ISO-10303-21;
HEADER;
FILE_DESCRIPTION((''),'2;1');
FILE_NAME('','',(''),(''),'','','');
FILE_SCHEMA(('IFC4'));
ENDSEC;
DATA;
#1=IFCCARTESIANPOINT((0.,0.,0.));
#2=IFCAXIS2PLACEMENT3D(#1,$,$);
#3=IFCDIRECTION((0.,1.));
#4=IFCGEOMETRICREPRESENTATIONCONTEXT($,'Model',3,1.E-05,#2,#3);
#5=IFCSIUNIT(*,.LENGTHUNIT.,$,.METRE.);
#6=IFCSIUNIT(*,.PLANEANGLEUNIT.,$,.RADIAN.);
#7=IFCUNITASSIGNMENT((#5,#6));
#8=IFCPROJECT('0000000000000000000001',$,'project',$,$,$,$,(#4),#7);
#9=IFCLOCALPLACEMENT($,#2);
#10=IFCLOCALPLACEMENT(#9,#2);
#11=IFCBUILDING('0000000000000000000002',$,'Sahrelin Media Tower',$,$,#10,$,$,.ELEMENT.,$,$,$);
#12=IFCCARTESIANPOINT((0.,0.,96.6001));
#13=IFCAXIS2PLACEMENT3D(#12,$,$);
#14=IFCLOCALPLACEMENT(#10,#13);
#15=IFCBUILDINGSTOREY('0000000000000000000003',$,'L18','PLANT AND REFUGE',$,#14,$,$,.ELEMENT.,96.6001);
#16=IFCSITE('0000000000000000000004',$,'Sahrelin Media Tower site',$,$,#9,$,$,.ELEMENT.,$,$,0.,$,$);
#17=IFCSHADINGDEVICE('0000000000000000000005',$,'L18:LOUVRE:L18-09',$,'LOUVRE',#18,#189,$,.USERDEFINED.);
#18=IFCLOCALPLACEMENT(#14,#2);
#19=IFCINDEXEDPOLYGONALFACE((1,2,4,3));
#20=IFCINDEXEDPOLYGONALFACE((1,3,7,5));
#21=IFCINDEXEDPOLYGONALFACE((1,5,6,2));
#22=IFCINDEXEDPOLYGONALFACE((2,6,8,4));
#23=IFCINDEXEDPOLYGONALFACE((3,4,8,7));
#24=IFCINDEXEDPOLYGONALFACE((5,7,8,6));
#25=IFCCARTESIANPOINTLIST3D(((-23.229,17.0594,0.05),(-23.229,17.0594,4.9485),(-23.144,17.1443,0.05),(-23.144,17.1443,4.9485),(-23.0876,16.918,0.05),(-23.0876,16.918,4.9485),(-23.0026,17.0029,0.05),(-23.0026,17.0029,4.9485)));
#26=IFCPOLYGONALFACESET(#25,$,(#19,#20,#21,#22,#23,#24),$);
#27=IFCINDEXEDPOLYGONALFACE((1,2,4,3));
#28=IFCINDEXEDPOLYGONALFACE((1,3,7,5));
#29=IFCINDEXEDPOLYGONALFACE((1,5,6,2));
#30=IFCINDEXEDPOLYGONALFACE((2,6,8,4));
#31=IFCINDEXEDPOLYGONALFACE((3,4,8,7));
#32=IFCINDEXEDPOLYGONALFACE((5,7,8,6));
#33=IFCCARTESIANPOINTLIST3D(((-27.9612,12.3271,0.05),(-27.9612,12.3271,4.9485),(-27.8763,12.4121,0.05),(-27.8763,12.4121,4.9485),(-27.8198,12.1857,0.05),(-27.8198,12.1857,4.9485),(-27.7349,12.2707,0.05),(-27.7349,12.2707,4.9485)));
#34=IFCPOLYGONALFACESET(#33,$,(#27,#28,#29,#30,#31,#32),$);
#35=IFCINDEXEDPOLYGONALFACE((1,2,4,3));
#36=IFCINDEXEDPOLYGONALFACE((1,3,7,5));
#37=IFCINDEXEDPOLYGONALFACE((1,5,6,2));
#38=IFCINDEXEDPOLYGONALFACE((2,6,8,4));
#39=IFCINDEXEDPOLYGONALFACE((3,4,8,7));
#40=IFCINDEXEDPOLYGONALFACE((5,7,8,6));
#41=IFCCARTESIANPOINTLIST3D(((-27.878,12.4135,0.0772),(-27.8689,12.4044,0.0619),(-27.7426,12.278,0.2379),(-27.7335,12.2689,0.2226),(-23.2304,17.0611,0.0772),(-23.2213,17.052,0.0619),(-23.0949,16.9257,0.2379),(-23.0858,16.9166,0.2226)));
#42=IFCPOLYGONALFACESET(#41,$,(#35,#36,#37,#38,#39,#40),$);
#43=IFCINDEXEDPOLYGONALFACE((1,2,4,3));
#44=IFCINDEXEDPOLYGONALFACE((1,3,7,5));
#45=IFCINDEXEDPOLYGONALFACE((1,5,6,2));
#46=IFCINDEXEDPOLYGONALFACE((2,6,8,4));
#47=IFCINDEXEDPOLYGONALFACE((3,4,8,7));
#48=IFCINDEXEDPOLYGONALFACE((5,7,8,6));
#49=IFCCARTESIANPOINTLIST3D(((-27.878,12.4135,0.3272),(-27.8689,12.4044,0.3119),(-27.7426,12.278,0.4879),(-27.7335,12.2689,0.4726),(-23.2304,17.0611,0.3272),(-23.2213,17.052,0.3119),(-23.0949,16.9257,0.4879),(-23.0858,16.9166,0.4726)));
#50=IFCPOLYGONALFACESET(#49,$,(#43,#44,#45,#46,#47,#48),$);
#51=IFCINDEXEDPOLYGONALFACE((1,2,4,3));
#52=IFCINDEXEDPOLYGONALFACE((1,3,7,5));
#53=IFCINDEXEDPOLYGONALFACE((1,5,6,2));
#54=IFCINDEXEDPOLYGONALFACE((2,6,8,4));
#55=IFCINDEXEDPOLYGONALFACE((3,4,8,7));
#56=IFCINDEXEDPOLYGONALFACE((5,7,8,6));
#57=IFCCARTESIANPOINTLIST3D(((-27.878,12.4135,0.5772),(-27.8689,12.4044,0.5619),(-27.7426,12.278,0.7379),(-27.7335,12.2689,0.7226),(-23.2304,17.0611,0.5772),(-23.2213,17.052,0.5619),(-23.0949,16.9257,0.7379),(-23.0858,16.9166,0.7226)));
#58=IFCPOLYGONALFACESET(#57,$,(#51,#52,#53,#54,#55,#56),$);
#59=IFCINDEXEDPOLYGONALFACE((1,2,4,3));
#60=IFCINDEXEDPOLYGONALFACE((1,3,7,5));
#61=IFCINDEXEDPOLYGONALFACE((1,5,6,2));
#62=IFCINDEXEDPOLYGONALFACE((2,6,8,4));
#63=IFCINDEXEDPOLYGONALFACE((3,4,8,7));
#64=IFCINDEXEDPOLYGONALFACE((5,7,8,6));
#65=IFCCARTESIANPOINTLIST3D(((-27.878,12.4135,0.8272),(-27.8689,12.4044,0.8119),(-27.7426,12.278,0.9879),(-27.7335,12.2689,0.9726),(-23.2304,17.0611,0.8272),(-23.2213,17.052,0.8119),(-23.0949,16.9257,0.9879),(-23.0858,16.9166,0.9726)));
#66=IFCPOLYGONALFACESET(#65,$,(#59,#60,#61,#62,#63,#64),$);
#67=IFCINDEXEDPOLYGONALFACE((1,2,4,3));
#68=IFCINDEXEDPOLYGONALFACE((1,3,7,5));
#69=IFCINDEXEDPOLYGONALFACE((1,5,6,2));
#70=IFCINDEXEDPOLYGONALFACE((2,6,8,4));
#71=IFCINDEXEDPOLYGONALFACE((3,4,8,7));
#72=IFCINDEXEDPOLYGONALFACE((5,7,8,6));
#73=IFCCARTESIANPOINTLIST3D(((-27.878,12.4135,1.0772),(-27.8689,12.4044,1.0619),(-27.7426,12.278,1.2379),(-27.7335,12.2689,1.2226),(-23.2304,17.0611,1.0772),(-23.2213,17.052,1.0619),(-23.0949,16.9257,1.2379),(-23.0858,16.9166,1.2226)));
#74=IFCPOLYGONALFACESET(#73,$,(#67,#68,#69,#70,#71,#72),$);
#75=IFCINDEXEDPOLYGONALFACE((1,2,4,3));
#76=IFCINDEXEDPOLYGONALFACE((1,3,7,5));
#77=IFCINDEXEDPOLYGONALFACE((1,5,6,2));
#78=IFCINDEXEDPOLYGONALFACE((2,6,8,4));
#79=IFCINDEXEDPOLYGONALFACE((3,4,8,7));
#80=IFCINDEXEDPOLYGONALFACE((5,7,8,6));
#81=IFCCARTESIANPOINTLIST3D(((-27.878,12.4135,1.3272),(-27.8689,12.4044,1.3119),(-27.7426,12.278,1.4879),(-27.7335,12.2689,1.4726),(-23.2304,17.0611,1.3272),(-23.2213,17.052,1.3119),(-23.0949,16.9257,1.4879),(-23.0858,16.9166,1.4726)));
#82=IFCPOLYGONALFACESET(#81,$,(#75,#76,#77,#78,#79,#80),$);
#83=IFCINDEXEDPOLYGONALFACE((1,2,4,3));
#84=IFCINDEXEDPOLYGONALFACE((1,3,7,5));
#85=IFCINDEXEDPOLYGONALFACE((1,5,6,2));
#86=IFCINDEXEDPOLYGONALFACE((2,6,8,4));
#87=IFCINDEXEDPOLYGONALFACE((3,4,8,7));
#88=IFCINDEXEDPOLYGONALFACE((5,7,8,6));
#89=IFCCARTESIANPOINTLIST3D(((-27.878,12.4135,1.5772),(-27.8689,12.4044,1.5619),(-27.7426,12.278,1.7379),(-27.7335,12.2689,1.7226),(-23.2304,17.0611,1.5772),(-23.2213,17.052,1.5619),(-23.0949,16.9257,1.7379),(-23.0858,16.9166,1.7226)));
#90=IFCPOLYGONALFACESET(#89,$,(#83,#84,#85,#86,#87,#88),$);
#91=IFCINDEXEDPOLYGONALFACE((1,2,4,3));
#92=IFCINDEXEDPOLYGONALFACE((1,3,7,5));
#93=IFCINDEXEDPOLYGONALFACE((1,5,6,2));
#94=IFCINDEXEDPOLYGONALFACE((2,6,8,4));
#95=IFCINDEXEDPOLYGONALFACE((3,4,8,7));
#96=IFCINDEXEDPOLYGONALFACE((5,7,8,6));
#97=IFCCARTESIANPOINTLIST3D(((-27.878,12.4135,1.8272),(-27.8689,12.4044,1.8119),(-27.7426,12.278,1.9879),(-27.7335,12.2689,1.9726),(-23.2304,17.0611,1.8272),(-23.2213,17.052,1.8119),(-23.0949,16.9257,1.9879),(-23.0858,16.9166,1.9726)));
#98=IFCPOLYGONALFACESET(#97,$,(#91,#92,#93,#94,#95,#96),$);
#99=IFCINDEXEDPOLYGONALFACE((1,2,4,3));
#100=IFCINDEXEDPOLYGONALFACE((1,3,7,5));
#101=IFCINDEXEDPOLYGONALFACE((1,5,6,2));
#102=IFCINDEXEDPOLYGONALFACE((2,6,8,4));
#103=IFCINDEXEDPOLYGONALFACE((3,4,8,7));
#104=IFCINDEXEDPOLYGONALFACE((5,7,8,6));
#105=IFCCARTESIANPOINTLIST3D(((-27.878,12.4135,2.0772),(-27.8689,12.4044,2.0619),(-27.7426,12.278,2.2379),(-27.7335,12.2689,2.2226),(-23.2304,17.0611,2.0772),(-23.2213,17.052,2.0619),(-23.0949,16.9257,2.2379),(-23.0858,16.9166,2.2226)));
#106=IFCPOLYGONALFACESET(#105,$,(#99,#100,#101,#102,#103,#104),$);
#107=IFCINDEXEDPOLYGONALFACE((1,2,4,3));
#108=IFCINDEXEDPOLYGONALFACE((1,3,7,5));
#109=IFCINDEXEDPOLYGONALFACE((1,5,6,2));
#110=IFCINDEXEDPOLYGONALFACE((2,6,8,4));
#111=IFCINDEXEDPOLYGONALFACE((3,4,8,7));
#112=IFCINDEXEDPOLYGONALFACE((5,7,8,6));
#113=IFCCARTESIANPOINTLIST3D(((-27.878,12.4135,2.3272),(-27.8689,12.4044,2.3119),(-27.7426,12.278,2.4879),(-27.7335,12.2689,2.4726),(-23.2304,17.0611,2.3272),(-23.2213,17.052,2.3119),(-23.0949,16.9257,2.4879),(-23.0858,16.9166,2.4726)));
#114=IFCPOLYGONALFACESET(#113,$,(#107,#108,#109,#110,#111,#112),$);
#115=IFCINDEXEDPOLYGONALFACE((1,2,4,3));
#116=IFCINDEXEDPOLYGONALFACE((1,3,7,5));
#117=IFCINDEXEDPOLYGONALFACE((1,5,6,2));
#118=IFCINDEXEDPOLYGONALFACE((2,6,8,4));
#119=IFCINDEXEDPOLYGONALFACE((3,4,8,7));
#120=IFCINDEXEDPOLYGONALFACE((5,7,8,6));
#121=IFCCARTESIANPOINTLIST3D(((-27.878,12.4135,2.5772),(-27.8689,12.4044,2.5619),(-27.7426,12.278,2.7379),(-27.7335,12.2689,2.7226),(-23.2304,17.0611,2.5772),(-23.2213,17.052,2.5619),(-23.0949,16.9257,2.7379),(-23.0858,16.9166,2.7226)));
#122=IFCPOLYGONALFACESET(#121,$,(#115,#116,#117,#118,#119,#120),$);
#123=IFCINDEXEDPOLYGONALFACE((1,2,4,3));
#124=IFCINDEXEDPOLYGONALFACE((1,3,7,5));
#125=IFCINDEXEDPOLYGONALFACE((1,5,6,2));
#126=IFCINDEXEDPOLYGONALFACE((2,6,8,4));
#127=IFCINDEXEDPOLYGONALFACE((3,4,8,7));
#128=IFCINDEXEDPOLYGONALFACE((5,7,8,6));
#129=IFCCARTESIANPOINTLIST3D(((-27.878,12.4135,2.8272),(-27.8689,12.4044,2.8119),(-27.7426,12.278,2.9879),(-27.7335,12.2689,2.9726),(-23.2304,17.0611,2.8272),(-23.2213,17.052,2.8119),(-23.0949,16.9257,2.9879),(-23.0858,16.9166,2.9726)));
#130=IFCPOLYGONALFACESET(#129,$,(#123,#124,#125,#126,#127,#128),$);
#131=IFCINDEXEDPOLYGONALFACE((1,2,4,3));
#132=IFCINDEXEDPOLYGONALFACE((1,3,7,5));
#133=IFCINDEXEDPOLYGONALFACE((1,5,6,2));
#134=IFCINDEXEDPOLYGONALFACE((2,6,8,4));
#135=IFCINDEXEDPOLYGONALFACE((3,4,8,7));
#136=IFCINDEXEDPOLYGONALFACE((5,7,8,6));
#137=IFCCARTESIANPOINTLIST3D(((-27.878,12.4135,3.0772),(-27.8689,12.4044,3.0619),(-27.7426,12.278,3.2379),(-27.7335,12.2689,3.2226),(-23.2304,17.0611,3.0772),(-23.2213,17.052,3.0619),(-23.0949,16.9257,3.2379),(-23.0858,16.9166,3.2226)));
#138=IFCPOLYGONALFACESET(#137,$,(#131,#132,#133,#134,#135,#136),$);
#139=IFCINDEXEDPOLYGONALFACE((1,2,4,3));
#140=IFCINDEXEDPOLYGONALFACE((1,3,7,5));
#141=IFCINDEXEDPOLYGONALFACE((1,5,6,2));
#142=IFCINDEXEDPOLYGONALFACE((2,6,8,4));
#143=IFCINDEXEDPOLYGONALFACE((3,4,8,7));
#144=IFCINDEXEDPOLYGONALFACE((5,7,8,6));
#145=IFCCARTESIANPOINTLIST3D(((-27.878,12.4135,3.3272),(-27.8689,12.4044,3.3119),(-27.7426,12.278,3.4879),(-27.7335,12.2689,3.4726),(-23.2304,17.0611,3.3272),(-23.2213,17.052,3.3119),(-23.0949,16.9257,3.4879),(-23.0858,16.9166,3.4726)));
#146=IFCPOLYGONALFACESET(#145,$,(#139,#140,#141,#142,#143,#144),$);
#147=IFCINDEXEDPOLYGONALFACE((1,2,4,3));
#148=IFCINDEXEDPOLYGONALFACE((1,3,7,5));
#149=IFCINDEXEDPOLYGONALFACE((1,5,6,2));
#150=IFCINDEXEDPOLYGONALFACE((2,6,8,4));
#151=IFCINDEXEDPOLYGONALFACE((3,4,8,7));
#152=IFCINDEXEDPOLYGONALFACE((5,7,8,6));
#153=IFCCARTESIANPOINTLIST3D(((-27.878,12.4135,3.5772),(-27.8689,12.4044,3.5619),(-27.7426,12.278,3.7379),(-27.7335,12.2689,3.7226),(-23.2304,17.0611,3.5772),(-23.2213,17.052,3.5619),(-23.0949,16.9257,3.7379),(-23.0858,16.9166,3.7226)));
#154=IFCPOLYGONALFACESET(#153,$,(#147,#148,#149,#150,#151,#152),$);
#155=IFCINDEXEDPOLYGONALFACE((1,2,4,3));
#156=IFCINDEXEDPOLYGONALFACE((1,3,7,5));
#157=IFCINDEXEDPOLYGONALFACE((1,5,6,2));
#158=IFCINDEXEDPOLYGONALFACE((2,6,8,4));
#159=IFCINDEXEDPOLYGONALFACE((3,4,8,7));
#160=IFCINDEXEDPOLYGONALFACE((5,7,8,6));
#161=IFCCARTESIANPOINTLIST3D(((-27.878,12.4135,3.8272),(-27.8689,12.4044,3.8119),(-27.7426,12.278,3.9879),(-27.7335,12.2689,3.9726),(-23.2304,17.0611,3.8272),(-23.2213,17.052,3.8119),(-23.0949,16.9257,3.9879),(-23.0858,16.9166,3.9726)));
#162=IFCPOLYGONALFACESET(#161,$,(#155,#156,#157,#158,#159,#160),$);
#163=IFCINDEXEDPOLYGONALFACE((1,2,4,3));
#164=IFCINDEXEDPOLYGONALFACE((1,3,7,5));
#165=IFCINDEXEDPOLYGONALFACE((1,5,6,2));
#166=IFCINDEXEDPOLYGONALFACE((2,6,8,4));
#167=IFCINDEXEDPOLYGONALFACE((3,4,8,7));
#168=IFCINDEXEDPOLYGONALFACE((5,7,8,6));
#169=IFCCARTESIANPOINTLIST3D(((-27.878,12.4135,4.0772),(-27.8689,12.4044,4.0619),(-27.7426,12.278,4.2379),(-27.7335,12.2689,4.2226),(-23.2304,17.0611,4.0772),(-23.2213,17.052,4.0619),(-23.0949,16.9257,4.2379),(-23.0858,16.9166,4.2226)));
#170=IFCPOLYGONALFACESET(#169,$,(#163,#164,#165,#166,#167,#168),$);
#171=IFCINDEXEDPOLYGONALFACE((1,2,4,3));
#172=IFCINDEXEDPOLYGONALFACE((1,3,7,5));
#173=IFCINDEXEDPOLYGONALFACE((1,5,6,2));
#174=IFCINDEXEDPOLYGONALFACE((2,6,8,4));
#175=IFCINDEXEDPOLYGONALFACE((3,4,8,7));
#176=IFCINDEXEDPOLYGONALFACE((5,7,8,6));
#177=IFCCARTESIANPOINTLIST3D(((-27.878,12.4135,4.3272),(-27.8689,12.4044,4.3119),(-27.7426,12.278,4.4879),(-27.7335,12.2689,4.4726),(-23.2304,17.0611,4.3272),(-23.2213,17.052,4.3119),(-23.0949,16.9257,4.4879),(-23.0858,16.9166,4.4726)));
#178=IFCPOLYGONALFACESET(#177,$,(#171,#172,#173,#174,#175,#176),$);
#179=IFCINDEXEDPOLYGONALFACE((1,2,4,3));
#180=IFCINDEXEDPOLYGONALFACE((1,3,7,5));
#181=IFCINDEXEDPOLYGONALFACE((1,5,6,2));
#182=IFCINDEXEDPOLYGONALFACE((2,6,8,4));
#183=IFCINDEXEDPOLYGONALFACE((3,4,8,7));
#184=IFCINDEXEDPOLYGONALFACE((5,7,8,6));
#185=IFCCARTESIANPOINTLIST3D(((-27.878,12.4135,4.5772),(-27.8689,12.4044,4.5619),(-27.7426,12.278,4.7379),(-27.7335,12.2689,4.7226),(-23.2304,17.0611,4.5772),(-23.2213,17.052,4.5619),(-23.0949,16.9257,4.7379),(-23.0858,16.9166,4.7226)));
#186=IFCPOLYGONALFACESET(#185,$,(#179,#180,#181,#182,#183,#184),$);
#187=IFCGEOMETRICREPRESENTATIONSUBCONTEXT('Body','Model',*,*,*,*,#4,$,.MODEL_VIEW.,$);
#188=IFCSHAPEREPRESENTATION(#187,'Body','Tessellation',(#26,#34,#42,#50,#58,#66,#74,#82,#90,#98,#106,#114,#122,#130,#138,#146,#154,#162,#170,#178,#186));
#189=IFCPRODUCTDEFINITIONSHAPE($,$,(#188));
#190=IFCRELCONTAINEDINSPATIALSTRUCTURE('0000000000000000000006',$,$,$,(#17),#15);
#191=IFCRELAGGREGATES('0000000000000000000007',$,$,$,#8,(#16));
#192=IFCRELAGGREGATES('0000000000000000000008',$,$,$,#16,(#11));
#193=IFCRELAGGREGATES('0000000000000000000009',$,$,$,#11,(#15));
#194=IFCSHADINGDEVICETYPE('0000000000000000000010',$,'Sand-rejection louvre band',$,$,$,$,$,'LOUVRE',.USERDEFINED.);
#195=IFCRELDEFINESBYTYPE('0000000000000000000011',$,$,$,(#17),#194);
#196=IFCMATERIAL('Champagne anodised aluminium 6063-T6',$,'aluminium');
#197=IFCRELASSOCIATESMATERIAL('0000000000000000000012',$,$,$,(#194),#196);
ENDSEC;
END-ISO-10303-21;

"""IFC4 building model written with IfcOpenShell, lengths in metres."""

from ifc_helpers import new_model, si_unit, direction, frame, origin, origin_2d, place, context, subcontext, project, spatial, rectangle, extrude, material, type_object, element, save


model = new_model("IFC4")

# Units and contexts
model_context = context("Model", 3, precision=1e-05, world=origin(), true_north=direction((0.0, 1.0)))
body_context = subcontext(model_context, "Body", "Model", "MODEL_VIEW")
ifc_project = project(units=[si_unit("LENGTHUNIT", "METRE"), si_unit("PLANEANGLEUNIT", "RADIAN")], contexts=[model_context])

# Site, building, storey
site_placement = place(None, origin())
site = spatial("IfcSite", under=ifc_project, at=site_placement, Name="Sahrelin Media Tower site", CompositionType="ELEMENT", RefElevation=0.0)
building_placement = place(site_placement, origin())
building = spatial("IfcBuilding", under=site, at=building_placement, Name="Sahrelin Media Tower", CompositionType="ELEMENT")
storey_placement = place(building_placement, frame((0.0, 0.0, 96.6001)))
storey = spatial("IfcBuildingStorey", under=building, at=storey_placement, Name="L18", Description="PLANT AND REFUGE", CompositionType="ELEMENT", Elevation=96.6001)

# Shading device
ifc_material_1 = material(Name="Champagne anodised aluminium 6063-T6", Category="aluminium")
shading_device_type = type_object("IfcShadingDeviceType", Name="Sand-rejection louvre band", ElementType="LOUVRE", PredefinedType="USERDEFINED", material=ifc_material_1)
shading_device_1_placement = place(storey_placement, frame((-25.4111, 14.5942, 0.0), z_axis=(0.0, 0.0, 1.0), x_axis=(0.707107, 0.707107, 0.0)))
element("IfcShadingDevice", 1, at=shading_device_1_placement, inside=storey, type_object=shading_device_type, Name="L18:LOUVRE:L18-09", ObjectType="LOUVRE", PredefinedType="USERDEFINED", context=body_context, shape_type="SweptSolid", body=[
    extrude(rectangle(XDim=0.1201, YDim=0.2, at=origin_2d()), frame((3.3462, 0.1001, 0.05), z_axis=(0.0, 0.0, 1.0), x_axis=(1.0, 0.0, 0.0)), (0.0, 0.0, 1.0), 4.8984),
    extrude(rectangle(XDim=0.1201, YDim=0.2, at=origin_2d()), frame((-3.3462, 0.1001, 0.05), z_axis=(0.0, 0.0, 1.0), x_axis=(1.0, 0.0, 0.0)), (0.0, 0.0, 1.0), 4.8984),
    extrude(rectangle(XDim=0.25, YDim=0.02, at=origin_2d()), frame((3.2864, 0.1001, 0.1499), z_axis=(-1.0, 0.0, 0.0), x_axis=(0.0, -0.766044, 0.642788)), (0.0, 0.0, 1.0), 6.5728),
    extrude(rectangle(XDim=0.25, YDim=0.02, at=origin_2d()), frame((3.2864, 0.1001, 0.3999), z_axis=(-1.0, 0.0, 0.0), x_axis=(0.0, -0.766044, 0.642788)), (0.0, 0.0, 1.0), 6.5728),
    extrude(rectangle(XDim=0.25, YDim=0.02, at=origin_2d()), frame((3.2864, 0.1001, 0.6499), z_axis=(-1.0, 0.0, 0.0), x_axis=(0.0, -0.766044, 0.642788)), (0.0, 0.0, 1.0), 6.5728),
    extrude(rectangle(XDim=0.25, YDim=0.02, at=origin_2d()), frame((3.2864, 0.1001, 0.8999), z_axis=(-1.0, 0.0, 0.0), x_axis=(0.0, -0.766044, 0.642788)), (0.0, 0.0, 1.0), 6.5728),
    extrude(rectangle(XDim=0.25, YDim=0.02, at=origin_2d()), frame((3.2864, 0.1001, 1.1499), z_axis=(-1.0, 0.0, 0.0), x_axis=(0.0, -0.766044, 0.642788)), (0.0, 0.0, 1.0), 6.5728),
    extrude(rectangle(XDim=0.25, YDim=0.02, at=origin_2d()), frame((3.2864, 0.1001, 1.3999), z_axis=(-1.0, 0.0, 0.0), x_axis=(0.0, -0.766044, 0.642788)), (0.0, 0.0, 1.0), 6.5728),
    extrude(rectangle(XDim=0.25, YDim=0.02, at=origin_2d()), frame((3.2864, 0.1001, 1.6499), z_axis=(-1.0, 0.0, 0.0), x_axis=(0.0, -0.766044, 0.642788)), (0.0, 0.0, 1.0), 6.5728),
    extrude(rectangle(XDim=0.25, YDim=0.02, at=origin_2d()), frame((3.2864, 0.1001, 1.8999), z_axis=(-1.0, 0.0, 0.0), x_axis=(0.0, -0.766044, 0.642788)), (0.0, 0.0, 1.0), 6.5728),
    extrude(rectangle(XDim=0.25, YDim=0.02, at=origin_2d()), frame((3.2864, 0.1001, 2.1499), z_axis=(-1.0, 0.0, 0.0), x_axis=(0.0, -0.766044, 0.642788)), (0.0, 0.0, 1.0), 6.5728),
    extrude(rectangle(XDim=0.25, YDim=0.02, at=origin_2d()), frame((3.2864, 0.1001, 2.3999), z_axis=(-1.0, 0.0, 0.0), x_axis=(0.0, -0.766044, 0.642788)), (0.0, 0.0, 1.0), 6.5728),
    extrude(rectangle(XDim=0.25, YDim=0.02, at=origin_2d()), frame((3.2864, 0.1001, 2.6499), z_axis=(-1.0, 0.0, 0.0), x_axis=(0.0, -0.766044, 0.642788)), (0.0, 0.0, 1.0), 6.5728),
    extrude(rectangle(XDim=0.25, YDim=0.02, at=origin_2d()), frame((3.2864, 0.1001, 2.8999), z_axis=(-1.0, 0.0, 0.0), x_axis=(0.0, -0.766044, 0.642788)), (0.0, 0.0, 1.0), 6.5728),
    extrude(rectangle(XDim=0.25, YDim=0.02, at=origin_2d()), frame((3.2864, 0.1001, 3.1499), z_axis=(-1.0, 0.0, 0.0), x_axis=(0.0, -0.766044, 0.642788)), (0.0, 0.0, 1.0), 6.5728),
    extrude(rectangle(XDim=0.25, YDim=0.02, at=origin_2d()), frame((3.2864, 0.1001, 3.3999), z_axis=(-1.0, 0.0, 0.0), x_axis=(0.0, -0.766044, 0.642788)), (0.0, 0.0, 1.0), 6.5728),
    extrude(rectangle(XDim=0.25, YDim=0.02, at=origin_2d()), frame((3.2864, 0.1001, 3.6499), z_axis=(-1.0, 0.0, 0.0), x_axis=(0.0, -0.766044, 0.642788)), (0.0, 0.0, 1.0), 6.5728),
    extrude(rectangle(XDim=0.25, YDim=0.02, at=origin_2d()), frame((3.2864, 0.1001, 3.8999), z_axis=(-1.0, 0.0, 0.0), x_axis=(0.0, -0.766044, 0.642788)), (0.0, 0.0, 1.0), 6.5728),
    extrude(rectangle(XDim=0.25, YDim=0.02, at=origin_2d()), frame((3.2864, 0.1001, 4.1499), z_axis=(-1.0, 0.0, 0.0), x_axis=(0.0, -0.766044, 0.642788)), (0.0, 0.0, 1.0), 6.5728),
    extrude(rectangle(XDim=0.25, YDim=0.02, at=origin_2d()), frame((3.2864, 0.1001, 4.3999), z_axis=(-1.0, 0.0, 0.0), x_axis=(0.0, -0.766044, 0.642788)), (0.0, 0.0, 1.0), 6.5728),
    extrude(rectangle(XDim=0.25, YDim=0.02, at=origin_2d()), frame((3.2864, 0.1001, 4.6499), z_axis=(-1.0, 0.0, 0.0), x_axis=(0.0, -0.766044, 0.642788)), (0.0, 0.0, 1.0), 6.5728),
])

save(model, "model.ifc")
